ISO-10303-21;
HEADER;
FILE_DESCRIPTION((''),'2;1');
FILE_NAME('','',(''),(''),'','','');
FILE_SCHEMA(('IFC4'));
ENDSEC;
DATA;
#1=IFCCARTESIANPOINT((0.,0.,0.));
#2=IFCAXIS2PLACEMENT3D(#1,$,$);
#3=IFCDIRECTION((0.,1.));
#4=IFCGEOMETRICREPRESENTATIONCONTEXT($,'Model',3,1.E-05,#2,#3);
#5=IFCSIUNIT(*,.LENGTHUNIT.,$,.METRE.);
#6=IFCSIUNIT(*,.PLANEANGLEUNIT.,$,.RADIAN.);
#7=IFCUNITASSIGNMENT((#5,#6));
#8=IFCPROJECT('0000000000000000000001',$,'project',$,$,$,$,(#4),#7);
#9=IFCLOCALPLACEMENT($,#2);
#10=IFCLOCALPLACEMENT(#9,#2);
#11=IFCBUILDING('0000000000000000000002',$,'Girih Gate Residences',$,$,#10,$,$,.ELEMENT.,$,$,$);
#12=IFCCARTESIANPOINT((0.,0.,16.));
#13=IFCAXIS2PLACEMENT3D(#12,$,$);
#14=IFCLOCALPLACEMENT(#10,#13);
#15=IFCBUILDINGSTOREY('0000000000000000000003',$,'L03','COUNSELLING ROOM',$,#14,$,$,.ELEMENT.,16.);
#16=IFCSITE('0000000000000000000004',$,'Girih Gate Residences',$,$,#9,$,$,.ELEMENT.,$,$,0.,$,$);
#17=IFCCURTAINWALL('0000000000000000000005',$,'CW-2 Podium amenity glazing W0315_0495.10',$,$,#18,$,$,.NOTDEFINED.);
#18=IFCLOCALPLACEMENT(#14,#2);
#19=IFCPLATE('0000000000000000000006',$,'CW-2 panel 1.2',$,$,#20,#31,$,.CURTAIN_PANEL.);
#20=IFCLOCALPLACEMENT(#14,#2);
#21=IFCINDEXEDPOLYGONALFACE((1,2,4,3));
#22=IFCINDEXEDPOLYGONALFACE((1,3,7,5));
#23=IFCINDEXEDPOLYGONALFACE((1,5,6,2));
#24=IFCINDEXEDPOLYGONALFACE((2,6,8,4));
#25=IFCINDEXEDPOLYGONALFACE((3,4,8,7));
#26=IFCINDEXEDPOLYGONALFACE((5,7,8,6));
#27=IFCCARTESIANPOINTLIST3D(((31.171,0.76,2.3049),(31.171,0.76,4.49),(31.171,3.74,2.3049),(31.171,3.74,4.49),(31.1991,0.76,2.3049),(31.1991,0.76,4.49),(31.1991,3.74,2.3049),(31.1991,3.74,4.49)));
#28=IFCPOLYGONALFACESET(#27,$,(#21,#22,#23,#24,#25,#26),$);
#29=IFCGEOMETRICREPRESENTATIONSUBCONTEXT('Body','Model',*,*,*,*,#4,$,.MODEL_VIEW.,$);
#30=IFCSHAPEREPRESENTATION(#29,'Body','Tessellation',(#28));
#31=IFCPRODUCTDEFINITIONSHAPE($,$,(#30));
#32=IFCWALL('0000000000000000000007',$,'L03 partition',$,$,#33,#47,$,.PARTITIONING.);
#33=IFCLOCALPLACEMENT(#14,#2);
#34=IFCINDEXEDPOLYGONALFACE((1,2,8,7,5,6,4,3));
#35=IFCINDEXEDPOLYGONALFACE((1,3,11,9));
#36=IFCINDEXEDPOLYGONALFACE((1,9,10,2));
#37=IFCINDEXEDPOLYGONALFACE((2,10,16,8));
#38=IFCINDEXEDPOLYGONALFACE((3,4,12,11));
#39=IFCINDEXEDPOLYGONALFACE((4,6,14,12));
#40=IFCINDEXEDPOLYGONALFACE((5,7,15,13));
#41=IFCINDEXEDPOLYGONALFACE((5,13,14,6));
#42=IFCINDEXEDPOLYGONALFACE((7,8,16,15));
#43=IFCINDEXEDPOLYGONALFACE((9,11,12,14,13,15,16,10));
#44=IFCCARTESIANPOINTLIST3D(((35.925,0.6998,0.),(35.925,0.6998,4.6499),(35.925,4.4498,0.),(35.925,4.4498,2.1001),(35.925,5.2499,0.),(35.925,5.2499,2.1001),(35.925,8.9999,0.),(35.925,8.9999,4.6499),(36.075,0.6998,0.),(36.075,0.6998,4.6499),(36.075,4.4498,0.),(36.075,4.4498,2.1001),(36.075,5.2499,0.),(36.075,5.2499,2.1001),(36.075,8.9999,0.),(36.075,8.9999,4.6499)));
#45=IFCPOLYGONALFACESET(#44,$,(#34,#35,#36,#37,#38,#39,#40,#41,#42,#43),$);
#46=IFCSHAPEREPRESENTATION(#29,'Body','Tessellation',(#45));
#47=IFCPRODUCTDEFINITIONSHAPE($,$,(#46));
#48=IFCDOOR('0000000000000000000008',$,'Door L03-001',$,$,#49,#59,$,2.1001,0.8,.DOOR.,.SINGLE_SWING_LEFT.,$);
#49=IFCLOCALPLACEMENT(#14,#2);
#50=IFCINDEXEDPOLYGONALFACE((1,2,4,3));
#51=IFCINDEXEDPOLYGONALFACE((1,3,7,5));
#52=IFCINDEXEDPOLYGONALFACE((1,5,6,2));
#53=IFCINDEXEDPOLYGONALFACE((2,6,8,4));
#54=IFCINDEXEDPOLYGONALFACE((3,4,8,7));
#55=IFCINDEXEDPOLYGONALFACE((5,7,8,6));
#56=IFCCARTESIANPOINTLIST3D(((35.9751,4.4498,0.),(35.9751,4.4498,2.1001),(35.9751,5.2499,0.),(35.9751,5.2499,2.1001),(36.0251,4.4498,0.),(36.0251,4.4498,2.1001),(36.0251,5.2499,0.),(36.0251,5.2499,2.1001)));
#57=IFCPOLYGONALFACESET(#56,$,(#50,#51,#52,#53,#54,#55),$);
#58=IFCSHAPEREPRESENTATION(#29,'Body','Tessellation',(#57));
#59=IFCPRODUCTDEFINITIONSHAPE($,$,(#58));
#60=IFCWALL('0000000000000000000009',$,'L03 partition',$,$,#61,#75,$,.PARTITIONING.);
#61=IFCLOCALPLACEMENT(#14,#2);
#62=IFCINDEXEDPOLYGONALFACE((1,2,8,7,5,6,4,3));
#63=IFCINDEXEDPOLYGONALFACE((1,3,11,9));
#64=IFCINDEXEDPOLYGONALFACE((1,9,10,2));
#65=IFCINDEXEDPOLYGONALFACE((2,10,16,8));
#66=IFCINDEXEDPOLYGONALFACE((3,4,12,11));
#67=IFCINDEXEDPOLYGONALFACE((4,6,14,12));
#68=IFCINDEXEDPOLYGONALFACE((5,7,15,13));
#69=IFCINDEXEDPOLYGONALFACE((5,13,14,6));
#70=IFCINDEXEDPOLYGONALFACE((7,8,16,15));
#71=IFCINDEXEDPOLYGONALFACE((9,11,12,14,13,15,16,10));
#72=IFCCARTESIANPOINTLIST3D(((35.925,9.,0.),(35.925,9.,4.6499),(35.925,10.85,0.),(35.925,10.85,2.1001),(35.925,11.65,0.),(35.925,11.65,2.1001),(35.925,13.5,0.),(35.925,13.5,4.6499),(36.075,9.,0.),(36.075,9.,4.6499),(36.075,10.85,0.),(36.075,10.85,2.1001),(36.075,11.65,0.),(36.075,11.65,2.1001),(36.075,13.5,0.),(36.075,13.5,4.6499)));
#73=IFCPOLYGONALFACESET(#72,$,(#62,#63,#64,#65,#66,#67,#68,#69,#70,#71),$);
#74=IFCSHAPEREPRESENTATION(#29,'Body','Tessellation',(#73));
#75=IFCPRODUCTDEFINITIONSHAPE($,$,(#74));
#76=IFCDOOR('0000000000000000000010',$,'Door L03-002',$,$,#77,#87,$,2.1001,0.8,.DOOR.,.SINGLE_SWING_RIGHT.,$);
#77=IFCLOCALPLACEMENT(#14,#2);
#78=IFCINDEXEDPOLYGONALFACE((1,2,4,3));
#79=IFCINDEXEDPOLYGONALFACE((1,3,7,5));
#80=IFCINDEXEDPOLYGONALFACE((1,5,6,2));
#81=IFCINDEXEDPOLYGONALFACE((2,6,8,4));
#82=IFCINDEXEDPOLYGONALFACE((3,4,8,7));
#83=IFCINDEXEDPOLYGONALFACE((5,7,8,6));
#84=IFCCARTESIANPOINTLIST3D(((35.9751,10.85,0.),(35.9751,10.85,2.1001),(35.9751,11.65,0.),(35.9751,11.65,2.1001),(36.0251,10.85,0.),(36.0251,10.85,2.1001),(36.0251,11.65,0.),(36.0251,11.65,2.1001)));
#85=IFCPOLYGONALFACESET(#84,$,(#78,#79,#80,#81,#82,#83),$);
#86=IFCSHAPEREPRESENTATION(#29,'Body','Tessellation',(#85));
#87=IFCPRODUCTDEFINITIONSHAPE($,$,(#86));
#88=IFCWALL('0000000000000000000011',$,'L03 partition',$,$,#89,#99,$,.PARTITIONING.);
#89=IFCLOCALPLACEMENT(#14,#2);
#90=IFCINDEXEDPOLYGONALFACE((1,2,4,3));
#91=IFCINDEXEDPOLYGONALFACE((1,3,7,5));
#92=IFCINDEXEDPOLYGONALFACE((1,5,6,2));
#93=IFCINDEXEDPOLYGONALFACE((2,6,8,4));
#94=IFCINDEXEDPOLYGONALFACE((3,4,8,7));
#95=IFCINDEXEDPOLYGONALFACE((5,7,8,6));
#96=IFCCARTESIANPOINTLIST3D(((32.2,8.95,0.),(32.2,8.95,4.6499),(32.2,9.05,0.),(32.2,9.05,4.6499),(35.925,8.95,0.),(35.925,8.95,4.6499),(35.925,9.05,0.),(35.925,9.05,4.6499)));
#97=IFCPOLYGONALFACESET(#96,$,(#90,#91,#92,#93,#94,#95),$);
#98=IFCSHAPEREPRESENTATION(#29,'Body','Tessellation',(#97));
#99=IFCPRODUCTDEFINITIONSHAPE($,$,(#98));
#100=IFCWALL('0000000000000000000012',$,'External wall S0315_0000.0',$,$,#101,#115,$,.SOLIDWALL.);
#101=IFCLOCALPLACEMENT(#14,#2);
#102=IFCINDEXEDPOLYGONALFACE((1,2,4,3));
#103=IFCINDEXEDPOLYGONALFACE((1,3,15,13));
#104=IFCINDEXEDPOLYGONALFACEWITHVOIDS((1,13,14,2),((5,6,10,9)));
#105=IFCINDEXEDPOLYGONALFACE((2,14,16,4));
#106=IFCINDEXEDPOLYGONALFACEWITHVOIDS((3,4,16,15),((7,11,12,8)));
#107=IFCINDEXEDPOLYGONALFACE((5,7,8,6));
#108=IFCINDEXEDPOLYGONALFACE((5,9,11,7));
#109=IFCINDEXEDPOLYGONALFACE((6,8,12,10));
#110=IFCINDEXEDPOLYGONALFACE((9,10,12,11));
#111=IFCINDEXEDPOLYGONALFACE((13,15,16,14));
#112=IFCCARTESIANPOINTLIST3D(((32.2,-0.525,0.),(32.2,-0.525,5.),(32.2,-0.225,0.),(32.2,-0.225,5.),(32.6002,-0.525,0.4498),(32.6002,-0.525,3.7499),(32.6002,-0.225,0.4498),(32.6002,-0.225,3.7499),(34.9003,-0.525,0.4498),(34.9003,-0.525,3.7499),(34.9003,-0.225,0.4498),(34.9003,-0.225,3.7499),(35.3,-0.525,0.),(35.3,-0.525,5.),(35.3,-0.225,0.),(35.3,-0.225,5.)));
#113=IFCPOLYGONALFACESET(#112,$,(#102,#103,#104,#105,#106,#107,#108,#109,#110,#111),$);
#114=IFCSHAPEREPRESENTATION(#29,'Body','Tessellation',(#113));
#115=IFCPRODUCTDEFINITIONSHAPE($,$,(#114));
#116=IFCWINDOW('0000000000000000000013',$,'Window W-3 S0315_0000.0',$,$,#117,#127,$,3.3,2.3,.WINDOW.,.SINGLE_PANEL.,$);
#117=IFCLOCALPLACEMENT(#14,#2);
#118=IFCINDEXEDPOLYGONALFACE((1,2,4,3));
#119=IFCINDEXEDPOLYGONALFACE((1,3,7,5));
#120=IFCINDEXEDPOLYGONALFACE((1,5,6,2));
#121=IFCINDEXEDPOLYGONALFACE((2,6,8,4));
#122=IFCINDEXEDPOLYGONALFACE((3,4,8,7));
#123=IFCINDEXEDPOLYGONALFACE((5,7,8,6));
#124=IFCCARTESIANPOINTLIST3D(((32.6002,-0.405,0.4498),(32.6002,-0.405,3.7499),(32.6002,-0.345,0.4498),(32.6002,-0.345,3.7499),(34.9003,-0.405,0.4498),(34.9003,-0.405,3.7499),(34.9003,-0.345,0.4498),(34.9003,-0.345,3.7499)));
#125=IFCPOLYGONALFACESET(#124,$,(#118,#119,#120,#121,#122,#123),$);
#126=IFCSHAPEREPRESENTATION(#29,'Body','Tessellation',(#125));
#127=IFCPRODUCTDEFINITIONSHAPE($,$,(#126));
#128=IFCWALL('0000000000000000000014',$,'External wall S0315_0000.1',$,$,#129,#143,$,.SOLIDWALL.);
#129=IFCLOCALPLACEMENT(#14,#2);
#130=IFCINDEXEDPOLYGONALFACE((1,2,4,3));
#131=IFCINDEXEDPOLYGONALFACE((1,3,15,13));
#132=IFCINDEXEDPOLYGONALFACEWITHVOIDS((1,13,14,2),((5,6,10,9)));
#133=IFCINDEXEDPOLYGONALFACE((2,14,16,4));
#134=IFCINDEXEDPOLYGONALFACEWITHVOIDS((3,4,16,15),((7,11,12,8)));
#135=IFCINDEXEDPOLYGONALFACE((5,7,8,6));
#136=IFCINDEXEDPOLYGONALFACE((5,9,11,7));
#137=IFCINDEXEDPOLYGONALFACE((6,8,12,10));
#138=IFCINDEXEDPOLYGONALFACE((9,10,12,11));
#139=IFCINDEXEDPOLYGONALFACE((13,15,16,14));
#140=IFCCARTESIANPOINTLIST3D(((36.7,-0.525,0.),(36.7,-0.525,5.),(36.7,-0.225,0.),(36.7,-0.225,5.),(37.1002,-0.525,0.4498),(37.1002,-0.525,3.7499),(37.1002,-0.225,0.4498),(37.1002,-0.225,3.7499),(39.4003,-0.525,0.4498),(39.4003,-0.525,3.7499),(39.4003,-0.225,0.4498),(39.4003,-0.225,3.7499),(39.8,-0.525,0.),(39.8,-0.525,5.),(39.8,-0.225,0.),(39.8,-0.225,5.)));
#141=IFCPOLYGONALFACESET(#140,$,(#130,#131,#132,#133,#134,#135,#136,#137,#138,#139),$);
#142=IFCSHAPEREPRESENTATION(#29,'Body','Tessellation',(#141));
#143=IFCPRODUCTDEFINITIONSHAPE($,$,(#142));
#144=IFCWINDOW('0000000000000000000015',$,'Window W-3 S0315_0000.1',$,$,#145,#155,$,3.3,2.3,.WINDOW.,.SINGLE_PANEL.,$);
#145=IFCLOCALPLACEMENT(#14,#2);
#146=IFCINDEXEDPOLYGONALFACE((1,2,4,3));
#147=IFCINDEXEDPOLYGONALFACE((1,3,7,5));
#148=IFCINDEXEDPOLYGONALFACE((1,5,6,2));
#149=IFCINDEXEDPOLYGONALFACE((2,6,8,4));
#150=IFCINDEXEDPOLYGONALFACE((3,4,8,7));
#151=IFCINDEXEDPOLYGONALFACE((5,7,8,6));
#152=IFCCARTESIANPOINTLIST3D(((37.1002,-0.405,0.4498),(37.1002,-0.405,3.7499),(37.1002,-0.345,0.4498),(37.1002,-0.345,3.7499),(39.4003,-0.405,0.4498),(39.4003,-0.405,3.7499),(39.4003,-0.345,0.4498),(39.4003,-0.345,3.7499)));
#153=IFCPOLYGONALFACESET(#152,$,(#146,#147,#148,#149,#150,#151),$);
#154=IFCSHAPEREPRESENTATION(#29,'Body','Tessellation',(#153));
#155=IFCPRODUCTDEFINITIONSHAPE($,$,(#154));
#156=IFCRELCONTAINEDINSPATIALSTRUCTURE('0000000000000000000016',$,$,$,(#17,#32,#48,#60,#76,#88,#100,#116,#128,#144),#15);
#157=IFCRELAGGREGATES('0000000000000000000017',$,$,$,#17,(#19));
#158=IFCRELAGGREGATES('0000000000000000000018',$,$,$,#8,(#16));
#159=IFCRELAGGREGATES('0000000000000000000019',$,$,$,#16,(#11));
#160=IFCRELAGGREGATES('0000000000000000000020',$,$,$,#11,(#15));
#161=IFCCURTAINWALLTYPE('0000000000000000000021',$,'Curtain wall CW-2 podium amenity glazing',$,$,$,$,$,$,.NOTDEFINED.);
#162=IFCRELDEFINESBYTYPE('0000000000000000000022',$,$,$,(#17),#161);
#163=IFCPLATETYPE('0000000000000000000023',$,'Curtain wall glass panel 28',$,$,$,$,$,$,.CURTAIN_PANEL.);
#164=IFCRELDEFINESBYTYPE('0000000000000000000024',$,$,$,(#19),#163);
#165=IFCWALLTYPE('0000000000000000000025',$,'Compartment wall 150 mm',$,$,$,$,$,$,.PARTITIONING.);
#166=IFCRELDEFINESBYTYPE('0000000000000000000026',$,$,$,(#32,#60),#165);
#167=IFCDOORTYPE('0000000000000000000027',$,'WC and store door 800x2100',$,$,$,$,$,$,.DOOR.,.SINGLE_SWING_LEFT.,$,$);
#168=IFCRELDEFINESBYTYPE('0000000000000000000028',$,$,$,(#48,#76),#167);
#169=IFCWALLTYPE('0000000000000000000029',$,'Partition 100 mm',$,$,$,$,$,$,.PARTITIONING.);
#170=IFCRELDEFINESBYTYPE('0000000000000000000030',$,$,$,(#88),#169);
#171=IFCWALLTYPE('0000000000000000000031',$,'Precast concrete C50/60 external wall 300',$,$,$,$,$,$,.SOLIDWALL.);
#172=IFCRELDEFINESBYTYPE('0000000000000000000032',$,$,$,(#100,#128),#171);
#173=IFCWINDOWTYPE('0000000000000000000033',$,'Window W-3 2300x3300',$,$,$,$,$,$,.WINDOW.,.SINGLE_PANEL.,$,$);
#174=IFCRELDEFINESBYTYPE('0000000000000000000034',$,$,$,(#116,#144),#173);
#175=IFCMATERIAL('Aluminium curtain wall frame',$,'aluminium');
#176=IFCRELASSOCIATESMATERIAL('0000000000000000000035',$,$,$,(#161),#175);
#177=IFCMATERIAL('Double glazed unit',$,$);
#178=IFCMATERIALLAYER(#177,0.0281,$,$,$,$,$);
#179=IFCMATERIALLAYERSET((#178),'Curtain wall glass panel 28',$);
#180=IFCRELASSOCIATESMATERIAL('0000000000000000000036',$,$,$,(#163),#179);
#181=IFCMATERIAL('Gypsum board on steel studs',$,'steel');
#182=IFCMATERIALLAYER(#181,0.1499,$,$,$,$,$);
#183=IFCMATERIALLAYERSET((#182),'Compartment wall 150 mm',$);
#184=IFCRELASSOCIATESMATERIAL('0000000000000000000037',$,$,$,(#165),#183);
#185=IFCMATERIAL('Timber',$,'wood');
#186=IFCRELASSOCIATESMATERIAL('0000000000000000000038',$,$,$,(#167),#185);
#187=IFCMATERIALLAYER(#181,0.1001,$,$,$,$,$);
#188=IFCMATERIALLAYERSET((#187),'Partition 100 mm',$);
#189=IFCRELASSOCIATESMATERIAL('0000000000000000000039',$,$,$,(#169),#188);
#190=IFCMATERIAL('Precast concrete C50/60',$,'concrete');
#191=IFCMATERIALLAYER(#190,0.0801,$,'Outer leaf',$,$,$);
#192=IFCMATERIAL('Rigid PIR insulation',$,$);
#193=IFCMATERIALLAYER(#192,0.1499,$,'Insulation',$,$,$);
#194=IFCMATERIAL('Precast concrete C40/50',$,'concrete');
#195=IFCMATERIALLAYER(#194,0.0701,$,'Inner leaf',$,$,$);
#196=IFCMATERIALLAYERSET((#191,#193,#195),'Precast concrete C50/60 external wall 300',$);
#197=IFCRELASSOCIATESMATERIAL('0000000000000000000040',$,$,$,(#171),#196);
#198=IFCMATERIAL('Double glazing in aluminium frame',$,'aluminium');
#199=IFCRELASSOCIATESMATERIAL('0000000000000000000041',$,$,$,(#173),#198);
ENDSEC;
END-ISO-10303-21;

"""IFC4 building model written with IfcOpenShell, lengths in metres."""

from ifc_helpers import new_model, si_unit, direction, frame, frame_2d, origin, origin_2d, place, context, subcontext, project, spatial, rectangle, extrude, material, layer, layer_set, type_object, element, fill, aggregate, save


model = new_model("IFC4")

# Units and contexts
model_context = context("Model", 3, precision=1e-05, world=origin(), true_north=direction((0.0, 1.0)))
body_context = subcontext(model_context, "Body", "Model", "MODEL_VIEW")
ifc_project = project(units=[si_unit("LENGTHUNIT", "METRE"), si_unit("PLANEANGLEUNIT", "RADIAN")], contexts=[model_context])

# Site, building, storey
site_placement = place(None, origin())
site = spatial("IfcSite", under=ifc_project, at=site_placement, Name="Girih Gate Residences", CompositionType="ELEMENT", RefElevation=0.0)
building_placement = place(site_placement, origin())
building = spatial("IfcBuilding", under=site, at=building_placement, Name="Girih Gate Residences", CompositionType="ELEMENT")
storey_placement = place(building_placement, frame((0.0, 0.0, 16.0)))
storey = spatial("IfcBuildingStorey", under=building, at=storey_placement, Name="L03", Description="COUNSELLING ROOM", CompositionType="ELEMENT", Elevation=16.0)

# Curtain wall
ifc_material_1 = material(Name="Aluminium curtain wall frame", Category="aluminium")
curtain_wall_type = type_object("IfcCurtainWallType", Name="Curtain wall CW-2 podium amenity glazing", PredefinedType="NOTDEFINED", material=ifc_material_1)
curtain_wall_placement = place(storey_placement, origin())
curtain_wall = element("IfcCurtainWall", 1, at=curtain_wall_placement, inside=storey, type_object=curtain_wall_type, Name="CW-2 Podium amenity glazing W0315_0495.10", PredefinedType="NOTDEFINED")

# Plate
ifc_material_2 = material(Name="Double glazed unit")
ifc_layer_1 = layer(ifc_material_2, 0.0281)
ifc_layer_set_1 = layer_set([ifc_layer_1], Name="Curtain wall glass panel 28")
plate_type = type_object("IfcPlateType", Name="Curtain wall glass panel 28", PredefinedType="CURTAIN_PANEL", material=ifc_layer_set_1)
plate_1_placement = place(storey_placement, frame((31.1851, 2.25, 2.3049), z_axis=(0.0, 0.0, 1.0), x_axis=(0.0, -1.0, 0.0)))
plate_1 = element("IfcPlate", 2, at=plate_1_placement, type_object=plate_type, Name="CW-2 panel 1.2", PredefinedType="CURTAIN_PANEL", context=body_context, shape_type="SweptSolid", body=[
    extrude(rectangle(XDim=2.98, YDim=0.0281, at=origin_2d()), origin(), (0.0, 0.0, 1.0), 2.1851),
])
aggregate(curtain_wall, [plate_1])

# Walls, openings, doors
ifc_material_3 = material(Name="Gypsum board on steel studs", Category="steel")
ifc_layer_2 = layer(ifc_material_3, 0.1499)
ifc_layer_set_2 = layer_set([ifc_layer_2], Name="Compartment wall 150 mm")
wall_type_1 = type_object("IfcWallType", Name="Compartment wall 150 mm", PredefinedType="PARTITIONING", material=ifc_layer_set_2)
wall_1_placement = place(storey_placement, frame((36.0, 0.7, 0.0), z_axis=(0.0, 0.0, 1.0), x_axis=(0.0, 1.0, 0.0)))
wall_1 = element("IfcWall", 3, at=wall_1_placement, inside=storey, type_object=wall_type_1, Name="L03 partition", PredefinedType="PARTITIONING", context=body_context, shape_type="SweptSolid", body=[
    extrude(rectangle(XDim=8.3, YDim=0.1499, at=frame_2d((4.1499, 0.0))), origin(), (0.0, 0.0, 1.0), 4.6499),
])
opening_1_placement = place(wall_1_placement, frame((3.75, 0.0, 0.0)))
opening_1 = element("IfcOpeningElement", 4, at=opening_1_placement, cuts=wall_1, PredefinedType="OPENING", context=body_context, shape_type="SweptSolid", body=[
    extrude(rectangle(XDim=0.8, YDim=2.1001, at=frame_2d((0.3999, 1.05))), frame((0.0, 0.085, 0.0), z_axis=(0.0, -1.0, 0.0), x_axis=(1.0, 0.0, 0.0)), (0.0, 0.0, 1.0), 0.1699),
])
ifc_material_4 = material(Name="Timber", Category="wood")
door_type = type_object("IfcDoorType", Name="WC and store door 800x2100", OperationType="SINGLE_SWING_LEFT", PredefinedType="DOOR", material=ifc_material_4)
door_1_placement = place(opening_1_placement, origin())
door_1 = element("IfcDoor", 5, at=door_1_placement, inside=storey, type_object=door_type, Name="Door L03-001", OperationType="SINGLE_SWING_LEFT", OverallHeight=2.1001, OverallWidth=0.8, PredefinedType="DOOR", context=body_context, shape_type="SweptSolid", body=[
    extrude(rectangle(XDim=0.8, YDim=2.1001, at=frame_2d((0.3999, 1.05))), frame((0.0, 0.0249, 0.0), z_axis=(0.0, -1.0, 0.0), x_axis=(1.0, 0.0, 0.0)), (0.0, 0.0, 1.0), 0.05),
])
fill(opening_1, door_1)
wall_2_placement = place(storey_placement, frame((36.0, 9.0, 0.0), z_axis=(0.0, 0.0, 1.0), x_axis=(0.0, 1.0, 0.0)))
wall_2 = element("IfcWall", 6, at=wall_2_placement, inside=storey, type_object=wall_type_1, Name="L03 partition", PredefinedType="PARTITIONING", context=body_context, shape_type="SweptSolid", body=[
    extrude(rectangle(XDim=4.5, YDim=0.1499, at=frame_2d((2.25, 0.0))), origin(), (0.0, 0.0, 1.0), 4.6499),
])
opening_2_placement = place(wall_2_placement, frame((1.8501, 0.0, 0.0)))
opening_2 = element("IfcOpeningElement", 7, at=opening_2_placement, cuts=wall_2, PredefinedType="OPENING", context=body_context, shape_type="SweptSolid", body=[
    extrude(rectangle(XDim=0.8, YDim=2.1001, at=frame_2d((0.3999, 1.05))), frame((0.0, 0.085, 0.0), z_axis=(0.0, -1.0, 0.0), x_axis=(1.0, 0.0, 0.0)), (0.0, 0.0, 1.0), 0.1699),
])
door_2_placement = place(opening_2_placement, origin())
door_2 = element("IfcDoor", 8, at=door_2_placement, inside=storey, type_object=door_type, Name="Door L03-002", OperationType="SINGLE_SWING_RIGHT", OverallHeight=2.1001, OverallWidth=0.8, PredefinedType="DOOR", context=body_context, shape_type="SweptSolid", body=[
    extrude(rectangle(XDim=0.8, YDim=2.1001, at=frame_2d((0.3999, 1.05))), frame((0.0, 0.0249, 0.0), z_axis=(0.0, -1.0, 0.0), x_axis=(1.0, 0.0, 0.0)), (0.0, 0.0, 1.0), 0.05),
])
fill(opening_2, door_2)

# Wall
ifc_layer_3 = layer(ifc_material_3, 0.1001)
ifc_layer_set_3 = layer_set([ifc_layer_3], Name="Partition 100 mm")
wall_type_2 = type_object("IfcWallType", Name="Partition 100 mm", PredefinedType="PARTITIONING", material=ifc_layer_set_3)
wall_3_placement = place(storey_placement, frame((32.2, 9.0, 0.0), z_axis=(0.0, 0.0, 1.0), x_axis=(1.0, 0.0, 0.0)))
element("IfcWall", 9, at=wall_3_placement, inside=storey, type_object=wall_type_2, Name="L03 partition", PredefinedType="PARTITIONING", context=body_context, shape_type="SweptSolid", body=[
    extrude(rectangle(XDim=3.7251, YDim=0.1001, at=frame_2d((1.8625, 0.0))), origin(), (0.0, 0.0, 1.0), 4.6499),
])

# Walls, openings, windows
ifc_material_5 = material(Name="Precast concrete C50/60", Category="concrete")
ifc_layer_4 = layer(ifc_material_5, 0.0801, Name="Outer leaf")
ifc_material_6 = material(Name="Rigid PIR insulation")
ifc_layer_5 = layer(ifc_material_6, 0.1499, Name="Insulation")
ifc_material_7 = material(Name="Precast concrete C40/50", Category="concrete")
ifc_layer_6 = layer(ifc_material_7, 0.0701, Name="Inner leaf")
ifc_layer_set_4 = layer_set([ifc_layer_4, ifc_layer_5, ifc_layer_6], Name="Precast concrete C50/60 external wall 300")
wall_type_3 = type_object("IfcWallType", Name="Precast concrete C50/60 external wall 300", PredefinedType="SOLIDWALL", material=ifc_layer_set_4)
wall_4_placement = place(storey_placement, frame((35.3, -0.375, 0.0), z_axis=(0.0, 0.0, 1.0), x_axis=(-1.0, 0.0, 0.0)))
wall_4 = element("IfcWall", 10, at=wall_4_placement, inside=storey, type_object=wall_type_3, Name="External wall S0315_0000.0", PredefinedType="SOLIDWALL", context=body_context, shape_type="SweptSolid", body=[
    extrude(rectangle(XDim=3.1001, YDim=0.3, at=frame_2d((1.55, 0.0))), origin(), (0.0, 0.0, 1.0), 5.0),
])
opening_3_placement = place(wall_4_placement, frame((0.3999, 0.0, 0.45)))
opening_3 = element("IfcOpeningElement", 11, at=opening_3_placement, cuts=wall_4, PredefinedType="OPENING", context=body_context, shape_type="SweptSolid", body=[
    extrude(rectangle(XDim=2.3, YDim=3.3, at=frame_2d((1.1499, 1.6499))), frame((0.0, 0.1599, 0.0), z_axis=(0.0, -1.0, 0.0), x_axis=(1.0, 0.0, 0.0)), (0.0, 0.0, 1.0), 0.3201),
])
ifc_material_8 = material(Name="Double glazing in aluminium frame", Category="aluminium")
window_type = type_object("IfcWindowType", Name="Window W-3 2300x3300", PartitioningType="SINGLE_PANEL", PredefinedType="WINDOW", material=ifc_material_8)
window_1_placement = place(opening_3_placement, origin())
window_1 = element("IfcWindow", 12, at=window_1_placement, inside=storey, type_object=window_type, Name="Window W-3 S0315_0000.0", OverallHeight=3.3, OverallWidth=2.3, PartitioningType="SINGLE_PANEL", PredefinedType="WINDOW", context=body_context, shape_type="SweptSolid", body=[
    extrude(rectangle(XDim=2.3, YDim=3.3, at=frame_2d((1.1499, 1.6499))), frame((0.0, 0.03, 0.0), z_axis=(0.0, -1.0, 0.0), x_axis=(1.0, 0.0, 0.0)), (0.0, 0.0, 1.0), 0.0601),
])
fill(opening_3, window_1)
wall_5_placement = place(storey_placement, frame((39.8, -0.375, 0.0), z_axis=(0.0, 0.0, 1.0), x_axis=(-1.0, 0.0, 0.0)))
wall_5 = element("IfcWall", 13, at=wall_5_placement, inside=storey, type_object=wall_type_3, Name="External wall S0315_0000.1", PredefinedType="SOLIDWALL", context=body_context, shape_type="SweptSolid", body=[
    extrude(rectangle(XDim=3.1001, YDim=0.3, at=frame_2d((1.55, 0.0))), origin(), (0.0, 0.0, 1.0), 5.0),
])
opening_4_placement = place(wall_5_placement, frame((0.3999, 0.0, 0.45)))
opening_4 = element("IfcOpeningElement", 14, at=opening_4_placement, cuts=wall_5, PredefinedType="OPENING", context=body_context, shape_type="SweptSolid", body=[
    extrude(rectangle(XDim=2.3, YDim=3.3, at=frame_2d((1.1499, 1.6499))), frame((0.0, 0.1599, 0.0), z_axis=(0.0, -1.0, 0.0), x_axis=(1.0, 0.0, 0.0)), (0.0, 0.0, 1.0), 0.3201),
])
window_2_placement = place(opening_4_placement, origin())
window_2 = element("IfcWindow", 15, at=window_2_placement, inside=storey, type_object=window_type, Name="Window W-3 S0315_0000.1", OverallHeight=3.3, OverallWidth=2.3, PartitioningType="SINGLE_PANEL", PredefinedType="WINDOW", context=body_context, shape_type="SweptSolid", body=[
    extrude(rectangle(XDim=2.3, YDim=3.3, at=frame_2d((1.1499, 1.6499))), frame((0.0, 0.03, 0.0), z_axis=(0.0, -1.0, 0.0), x_axis=(1.0, 0.0, 0.0)), (0.0, 0.0, 1.0), 0.0601),
])
fill(opening_4, window_2)

save(model, "model.ifc")
